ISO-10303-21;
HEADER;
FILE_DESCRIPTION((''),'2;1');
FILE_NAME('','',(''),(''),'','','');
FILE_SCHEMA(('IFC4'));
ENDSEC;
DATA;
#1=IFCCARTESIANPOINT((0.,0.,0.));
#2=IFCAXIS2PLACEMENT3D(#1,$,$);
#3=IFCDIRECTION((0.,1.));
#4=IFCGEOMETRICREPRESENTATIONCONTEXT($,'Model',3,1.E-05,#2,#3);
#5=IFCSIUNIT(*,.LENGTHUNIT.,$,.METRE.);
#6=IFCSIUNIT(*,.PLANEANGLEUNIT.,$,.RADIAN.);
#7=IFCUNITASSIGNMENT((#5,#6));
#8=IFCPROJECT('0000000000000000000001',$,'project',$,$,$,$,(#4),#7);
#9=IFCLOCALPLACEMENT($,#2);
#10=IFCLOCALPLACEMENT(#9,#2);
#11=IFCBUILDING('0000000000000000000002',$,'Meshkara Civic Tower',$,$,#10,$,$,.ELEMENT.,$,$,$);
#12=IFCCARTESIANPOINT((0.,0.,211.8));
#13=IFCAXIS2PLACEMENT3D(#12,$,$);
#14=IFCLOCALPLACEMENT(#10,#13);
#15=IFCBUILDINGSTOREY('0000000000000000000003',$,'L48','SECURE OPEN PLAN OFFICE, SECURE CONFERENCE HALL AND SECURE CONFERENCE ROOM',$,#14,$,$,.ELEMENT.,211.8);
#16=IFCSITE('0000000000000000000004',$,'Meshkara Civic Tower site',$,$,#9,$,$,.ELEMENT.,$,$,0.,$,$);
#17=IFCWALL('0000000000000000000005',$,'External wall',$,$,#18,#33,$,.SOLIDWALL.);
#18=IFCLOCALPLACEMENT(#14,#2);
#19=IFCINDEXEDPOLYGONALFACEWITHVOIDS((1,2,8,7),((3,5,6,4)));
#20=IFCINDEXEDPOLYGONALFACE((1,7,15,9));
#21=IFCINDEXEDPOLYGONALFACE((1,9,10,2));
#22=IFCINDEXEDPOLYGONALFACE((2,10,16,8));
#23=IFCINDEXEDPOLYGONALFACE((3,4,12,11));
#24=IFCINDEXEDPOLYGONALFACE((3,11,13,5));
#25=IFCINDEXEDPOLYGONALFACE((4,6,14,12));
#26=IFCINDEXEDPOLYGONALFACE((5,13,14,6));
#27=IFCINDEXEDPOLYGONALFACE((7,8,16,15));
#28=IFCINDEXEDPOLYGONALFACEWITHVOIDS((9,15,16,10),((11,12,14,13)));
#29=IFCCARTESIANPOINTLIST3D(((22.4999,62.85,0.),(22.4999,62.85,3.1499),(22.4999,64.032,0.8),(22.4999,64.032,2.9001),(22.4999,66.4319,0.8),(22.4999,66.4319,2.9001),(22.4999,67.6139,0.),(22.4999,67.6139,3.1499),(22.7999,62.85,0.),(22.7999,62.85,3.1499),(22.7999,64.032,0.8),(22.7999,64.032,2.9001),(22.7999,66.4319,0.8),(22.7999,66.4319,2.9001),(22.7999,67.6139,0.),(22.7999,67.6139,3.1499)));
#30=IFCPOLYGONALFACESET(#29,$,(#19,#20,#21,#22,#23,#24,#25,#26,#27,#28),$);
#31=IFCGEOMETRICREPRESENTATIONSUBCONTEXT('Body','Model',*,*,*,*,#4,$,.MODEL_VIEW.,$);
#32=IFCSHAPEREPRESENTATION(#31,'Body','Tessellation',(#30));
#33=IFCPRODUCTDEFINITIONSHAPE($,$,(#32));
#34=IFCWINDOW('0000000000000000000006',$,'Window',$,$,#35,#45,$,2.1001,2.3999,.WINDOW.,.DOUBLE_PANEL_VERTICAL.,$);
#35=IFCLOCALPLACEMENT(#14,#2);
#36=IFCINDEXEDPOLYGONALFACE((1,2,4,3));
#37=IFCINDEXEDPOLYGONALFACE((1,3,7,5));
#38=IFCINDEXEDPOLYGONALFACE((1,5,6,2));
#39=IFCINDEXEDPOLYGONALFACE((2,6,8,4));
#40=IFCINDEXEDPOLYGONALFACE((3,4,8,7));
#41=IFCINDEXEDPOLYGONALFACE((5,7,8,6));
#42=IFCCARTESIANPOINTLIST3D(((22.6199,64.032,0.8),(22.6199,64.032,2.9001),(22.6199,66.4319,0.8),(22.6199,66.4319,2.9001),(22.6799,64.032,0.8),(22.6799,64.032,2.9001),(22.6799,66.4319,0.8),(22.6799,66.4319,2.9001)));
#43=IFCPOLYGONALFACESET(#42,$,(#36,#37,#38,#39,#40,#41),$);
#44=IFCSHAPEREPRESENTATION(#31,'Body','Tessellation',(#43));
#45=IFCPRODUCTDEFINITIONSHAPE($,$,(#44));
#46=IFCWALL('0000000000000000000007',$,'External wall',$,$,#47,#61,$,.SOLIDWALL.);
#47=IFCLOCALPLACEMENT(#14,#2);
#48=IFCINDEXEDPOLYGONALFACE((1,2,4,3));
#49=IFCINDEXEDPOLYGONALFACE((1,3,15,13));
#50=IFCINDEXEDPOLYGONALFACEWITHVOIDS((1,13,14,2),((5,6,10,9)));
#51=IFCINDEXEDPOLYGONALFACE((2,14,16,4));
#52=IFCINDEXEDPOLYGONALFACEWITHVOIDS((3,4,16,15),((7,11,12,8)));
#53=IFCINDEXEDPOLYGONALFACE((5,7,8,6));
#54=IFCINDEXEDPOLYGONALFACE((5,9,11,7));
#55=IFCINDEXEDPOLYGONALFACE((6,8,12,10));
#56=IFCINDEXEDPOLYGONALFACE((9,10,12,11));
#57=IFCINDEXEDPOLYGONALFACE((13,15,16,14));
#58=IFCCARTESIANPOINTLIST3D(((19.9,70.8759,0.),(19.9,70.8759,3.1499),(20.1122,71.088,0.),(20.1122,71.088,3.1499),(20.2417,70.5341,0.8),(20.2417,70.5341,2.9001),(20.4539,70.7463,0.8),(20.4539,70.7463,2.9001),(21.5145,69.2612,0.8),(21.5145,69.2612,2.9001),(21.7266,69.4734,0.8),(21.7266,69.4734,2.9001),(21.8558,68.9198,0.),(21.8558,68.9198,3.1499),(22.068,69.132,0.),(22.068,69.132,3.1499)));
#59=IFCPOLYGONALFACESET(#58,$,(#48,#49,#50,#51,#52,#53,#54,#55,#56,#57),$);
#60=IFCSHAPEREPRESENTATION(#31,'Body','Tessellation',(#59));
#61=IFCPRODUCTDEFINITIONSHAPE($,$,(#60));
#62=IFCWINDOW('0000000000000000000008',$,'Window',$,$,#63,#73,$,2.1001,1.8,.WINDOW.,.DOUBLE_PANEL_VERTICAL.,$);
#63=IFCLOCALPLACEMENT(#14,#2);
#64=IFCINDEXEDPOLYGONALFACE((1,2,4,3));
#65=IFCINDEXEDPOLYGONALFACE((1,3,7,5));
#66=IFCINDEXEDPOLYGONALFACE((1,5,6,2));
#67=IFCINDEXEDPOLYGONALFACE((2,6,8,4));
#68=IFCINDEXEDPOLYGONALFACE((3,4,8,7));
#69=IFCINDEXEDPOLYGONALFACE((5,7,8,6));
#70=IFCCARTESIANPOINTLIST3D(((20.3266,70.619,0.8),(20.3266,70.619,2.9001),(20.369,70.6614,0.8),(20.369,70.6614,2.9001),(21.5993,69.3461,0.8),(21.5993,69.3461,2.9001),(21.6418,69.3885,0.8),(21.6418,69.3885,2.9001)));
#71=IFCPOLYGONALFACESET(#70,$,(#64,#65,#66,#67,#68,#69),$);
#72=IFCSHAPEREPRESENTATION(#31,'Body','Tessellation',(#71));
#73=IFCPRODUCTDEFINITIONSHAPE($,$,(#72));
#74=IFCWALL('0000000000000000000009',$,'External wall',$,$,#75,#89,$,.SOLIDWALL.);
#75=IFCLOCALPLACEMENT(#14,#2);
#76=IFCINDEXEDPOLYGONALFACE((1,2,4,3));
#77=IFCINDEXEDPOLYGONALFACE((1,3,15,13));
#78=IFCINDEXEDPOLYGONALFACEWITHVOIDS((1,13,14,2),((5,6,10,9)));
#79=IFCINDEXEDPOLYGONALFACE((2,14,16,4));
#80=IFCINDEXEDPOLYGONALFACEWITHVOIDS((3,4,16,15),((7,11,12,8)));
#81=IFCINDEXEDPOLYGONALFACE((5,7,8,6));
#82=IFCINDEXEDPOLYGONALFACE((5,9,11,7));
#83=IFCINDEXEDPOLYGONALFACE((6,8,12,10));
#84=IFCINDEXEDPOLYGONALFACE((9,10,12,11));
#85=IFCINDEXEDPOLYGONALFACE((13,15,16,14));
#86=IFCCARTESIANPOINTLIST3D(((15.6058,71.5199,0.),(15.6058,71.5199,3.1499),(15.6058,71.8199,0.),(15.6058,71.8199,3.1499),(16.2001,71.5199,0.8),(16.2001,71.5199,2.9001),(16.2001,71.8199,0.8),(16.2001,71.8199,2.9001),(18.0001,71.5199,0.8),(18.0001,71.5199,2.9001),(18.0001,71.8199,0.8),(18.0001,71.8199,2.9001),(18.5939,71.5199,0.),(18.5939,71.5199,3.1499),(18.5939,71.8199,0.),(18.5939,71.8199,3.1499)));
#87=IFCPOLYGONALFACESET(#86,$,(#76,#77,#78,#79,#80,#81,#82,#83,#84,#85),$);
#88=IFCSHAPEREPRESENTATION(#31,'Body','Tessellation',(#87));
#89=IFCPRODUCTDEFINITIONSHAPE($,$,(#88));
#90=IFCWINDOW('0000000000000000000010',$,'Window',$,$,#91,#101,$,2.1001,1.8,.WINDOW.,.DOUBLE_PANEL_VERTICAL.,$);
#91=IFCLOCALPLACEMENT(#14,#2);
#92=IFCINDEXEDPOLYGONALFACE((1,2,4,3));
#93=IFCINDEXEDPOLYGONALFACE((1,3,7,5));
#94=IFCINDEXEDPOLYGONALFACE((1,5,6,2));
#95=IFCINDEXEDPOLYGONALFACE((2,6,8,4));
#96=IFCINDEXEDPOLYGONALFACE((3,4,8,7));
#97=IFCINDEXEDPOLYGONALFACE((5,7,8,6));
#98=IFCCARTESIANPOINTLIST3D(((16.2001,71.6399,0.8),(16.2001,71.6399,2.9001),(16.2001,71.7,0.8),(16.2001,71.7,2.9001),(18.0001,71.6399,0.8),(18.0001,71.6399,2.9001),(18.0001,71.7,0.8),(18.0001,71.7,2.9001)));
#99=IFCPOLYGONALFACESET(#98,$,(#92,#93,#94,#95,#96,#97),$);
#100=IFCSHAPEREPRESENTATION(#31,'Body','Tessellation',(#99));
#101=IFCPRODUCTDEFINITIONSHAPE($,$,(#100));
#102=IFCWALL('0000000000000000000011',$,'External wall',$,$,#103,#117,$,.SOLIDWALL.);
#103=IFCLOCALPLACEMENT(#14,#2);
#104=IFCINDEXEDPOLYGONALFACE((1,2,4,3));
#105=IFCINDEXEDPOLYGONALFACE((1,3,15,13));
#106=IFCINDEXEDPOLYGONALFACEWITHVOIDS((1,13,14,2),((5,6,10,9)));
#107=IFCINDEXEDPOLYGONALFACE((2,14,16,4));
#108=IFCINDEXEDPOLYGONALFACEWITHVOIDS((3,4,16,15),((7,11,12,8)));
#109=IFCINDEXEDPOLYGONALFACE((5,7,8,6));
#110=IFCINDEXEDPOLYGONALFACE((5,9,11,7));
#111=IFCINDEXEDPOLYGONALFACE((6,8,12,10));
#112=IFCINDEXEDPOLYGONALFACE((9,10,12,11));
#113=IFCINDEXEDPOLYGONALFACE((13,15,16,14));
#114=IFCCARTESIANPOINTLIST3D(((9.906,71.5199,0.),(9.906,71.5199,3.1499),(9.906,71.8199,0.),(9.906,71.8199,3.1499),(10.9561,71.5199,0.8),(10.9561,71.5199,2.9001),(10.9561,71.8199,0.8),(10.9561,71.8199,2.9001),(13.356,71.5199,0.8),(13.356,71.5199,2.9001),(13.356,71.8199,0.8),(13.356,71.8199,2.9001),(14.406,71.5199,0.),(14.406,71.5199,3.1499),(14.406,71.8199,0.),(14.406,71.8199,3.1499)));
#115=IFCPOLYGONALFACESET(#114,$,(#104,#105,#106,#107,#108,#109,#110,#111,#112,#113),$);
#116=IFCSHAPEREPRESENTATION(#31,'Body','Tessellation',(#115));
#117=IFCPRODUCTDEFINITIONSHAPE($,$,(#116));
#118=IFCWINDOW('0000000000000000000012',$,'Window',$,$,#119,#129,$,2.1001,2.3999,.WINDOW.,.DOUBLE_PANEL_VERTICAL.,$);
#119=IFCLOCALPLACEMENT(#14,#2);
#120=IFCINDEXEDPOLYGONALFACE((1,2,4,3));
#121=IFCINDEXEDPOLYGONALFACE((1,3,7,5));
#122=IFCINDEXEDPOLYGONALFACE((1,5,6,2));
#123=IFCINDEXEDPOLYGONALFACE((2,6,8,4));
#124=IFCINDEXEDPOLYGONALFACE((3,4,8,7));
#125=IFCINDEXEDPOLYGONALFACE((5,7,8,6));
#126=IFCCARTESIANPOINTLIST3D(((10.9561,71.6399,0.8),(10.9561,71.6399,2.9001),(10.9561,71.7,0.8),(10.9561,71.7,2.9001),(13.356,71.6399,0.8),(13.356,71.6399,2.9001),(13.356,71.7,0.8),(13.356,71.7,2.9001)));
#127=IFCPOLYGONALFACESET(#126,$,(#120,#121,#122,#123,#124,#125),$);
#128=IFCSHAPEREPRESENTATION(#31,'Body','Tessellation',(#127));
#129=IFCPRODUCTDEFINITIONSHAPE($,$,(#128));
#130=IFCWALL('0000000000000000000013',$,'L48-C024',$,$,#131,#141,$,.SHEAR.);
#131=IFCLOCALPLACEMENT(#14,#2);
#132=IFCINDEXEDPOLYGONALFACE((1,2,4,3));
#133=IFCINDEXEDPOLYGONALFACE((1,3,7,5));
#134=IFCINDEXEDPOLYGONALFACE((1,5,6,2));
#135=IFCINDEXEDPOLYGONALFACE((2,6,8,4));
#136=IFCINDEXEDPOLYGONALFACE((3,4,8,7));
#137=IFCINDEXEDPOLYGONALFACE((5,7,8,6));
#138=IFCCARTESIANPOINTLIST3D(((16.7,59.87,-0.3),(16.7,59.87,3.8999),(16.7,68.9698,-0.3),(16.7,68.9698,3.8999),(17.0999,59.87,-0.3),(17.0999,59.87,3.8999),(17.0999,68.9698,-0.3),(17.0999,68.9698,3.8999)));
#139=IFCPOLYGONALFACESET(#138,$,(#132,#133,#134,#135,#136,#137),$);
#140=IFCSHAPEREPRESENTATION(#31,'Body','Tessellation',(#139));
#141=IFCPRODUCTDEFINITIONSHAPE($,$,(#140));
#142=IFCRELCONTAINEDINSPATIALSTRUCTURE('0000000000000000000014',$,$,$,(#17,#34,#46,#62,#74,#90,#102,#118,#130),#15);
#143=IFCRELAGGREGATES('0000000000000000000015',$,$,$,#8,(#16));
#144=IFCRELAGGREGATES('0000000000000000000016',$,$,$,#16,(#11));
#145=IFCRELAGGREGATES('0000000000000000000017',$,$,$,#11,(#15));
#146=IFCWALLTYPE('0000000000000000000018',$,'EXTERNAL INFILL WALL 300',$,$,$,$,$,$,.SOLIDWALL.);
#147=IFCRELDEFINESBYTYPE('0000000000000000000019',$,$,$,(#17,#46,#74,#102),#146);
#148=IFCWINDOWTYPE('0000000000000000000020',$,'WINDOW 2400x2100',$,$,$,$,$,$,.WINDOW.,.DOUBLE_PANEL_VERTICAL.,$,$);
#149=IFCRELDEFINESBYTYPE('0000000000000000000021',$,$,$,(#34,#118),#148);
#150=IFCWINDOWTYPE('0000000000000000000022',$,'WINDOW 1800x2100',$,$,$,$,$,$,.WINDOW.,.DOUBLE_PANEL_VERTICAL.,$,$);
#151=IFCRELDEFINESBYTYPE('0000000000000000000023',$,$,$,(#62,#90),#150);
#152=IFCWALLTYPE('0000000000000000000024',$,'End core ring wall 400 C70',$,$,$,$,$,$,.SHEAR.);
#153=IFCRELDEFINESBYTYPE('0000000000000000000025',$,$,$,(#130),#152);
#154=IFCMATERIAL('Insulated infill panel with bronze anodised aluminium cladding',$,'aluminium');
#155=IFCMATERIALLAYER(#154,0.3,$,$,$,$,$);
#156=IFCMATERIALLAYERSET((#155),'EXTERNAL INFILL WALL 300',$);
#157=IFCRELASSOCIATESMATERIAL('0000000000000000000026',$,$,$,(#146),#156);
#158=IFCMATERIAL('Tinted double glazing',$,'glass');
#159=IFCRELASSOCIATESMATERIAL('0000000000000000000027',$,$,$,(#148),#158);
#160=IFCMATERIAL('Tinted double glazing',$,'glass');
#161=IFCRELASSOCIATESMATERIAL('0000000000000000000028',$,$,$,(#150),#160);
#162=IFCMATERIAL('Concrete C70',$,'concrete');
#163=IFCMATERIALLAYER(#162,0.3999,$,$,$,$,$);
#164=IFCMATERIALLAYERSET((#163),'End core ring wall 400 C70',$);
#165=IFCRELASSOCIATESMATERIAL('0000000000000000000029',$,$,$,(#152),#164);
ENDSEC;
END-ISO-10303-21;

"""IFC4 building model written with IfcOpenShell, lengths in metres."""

from ifc_helpers import new_model, si_unit, direction, frame, frame_2d, origin, place, context, subcontext, project, spatial, rectangle, extrude, material, layer, layer_set, type_object, element, fill, save


model = new_model("IFC4")

# Units and contexts
model_context = context("Model", 3, precision=1e-05, world=origin(), true_north=direction((0.0, 1.0)))
body_context = subcontext(model_context, "Body", "Model", "MODEL_VIEW")
ifc_project = project(units=[si_unit("LENGTHUNIT", "METRE"), si_unit("PLANEANGLEUNIT", "RADIAN")], contexts=[model_context])

# Site, building, storey
site_placement = place(None, origin())
site = spatial("IfcSite", under=ifc_project, at=site_placement, Name="Meshkara Civic Tower site", CompositionType="ELEMENT", RefElevation=0.0)
building_placement = place(site_placement, origin())
building = spatial("IfcBuilding", under=site, at=building_placement, Name="Meshkara Civic Tower", CompositionType="ELEMENT")
storey_placement = place(building_placement, frame((0.0, 0.0, 211.8)))
storey = spatial("IfcBuildingStorey", under=building, at=storey_placement, Name="L48", Description="SECURE OPEN PLAN OFFICE, SECURE CONFERENCE HALL AND SECURE CONFERENCE ROOM", CompositionType="ELEMENT", Elevation=211.8)

# Walls, openings, windows
ifc_material_1 = material(Name="Insulated infill panel with bronze anodised aluminium cladding", Category="aluminium")
ifc_layer_1 = layer(ifc_material_1, 0.3)
ifc_layer_set_1 = layer_set([ifc_layer_1], Name="EXTERNAL INFILL WALL 300")
wall_type_1 = type_object("IfcWallType", Name="EXTERNAL INFILL WALL 300", PredefinedType="SOLIDWALL", material=ifc_layer_set_1)
wall_1_placement = place(storey_placement, frame((22.6499, 62.8501, 0.0), z_axis=(0.0, 0.0, 1.0), x_axis=(0.0, 1.0, 0.0)))
wall_1 = element("IfcWall", 1, at=wall_1_placement, inside=storey, type_object=wall_type_1, Name="External wall", PredefinedType="SOLIDWALL", context=body_context, shape_type="SweptSolid", body=[
    extrude(rectangle(XDim=4.7639, YDim=0.3, at=frame_2d((2.3818, 0.0))), origin(), (0.0, 0.0, 1.0), 3.1499),
])
opening_1_placement = place(wall_1_placement, frame((1.1819, 0.0, 0.8)))
opening_1 = element("IfcOpeningElement", 2, at=opening_1_placement, cuts=wall_1, PredefinedType="OPENING", context=body_context, shape_type="SweptSolid", body=[
    extrude(rectangle(XDim=2.3999, YDim=2.1001, at=frame_2d((1.2, 1.05))), frame((0.0, 0.1599, 0.0), z_axis=(0.0, -1.0, 0.0), x_axis=(1.0, 0.0, 0.0)), (0.0, 0.0, 1.0), 0.3201),
])
ifc_material_2 = material(Name="Tinted double glazing", Category="glass")
window_type_1 = type_object("IfcWindowType", Name="WINDOW 2400x2100", PartitioningType="DOUBLE_PANEL_VERTICAL", PredefinedType="WINDOW", material=ifc_material_2)
window_1_placement = place(opening_1_placement, origin())
window_1 = element("IfcWindow", 3, at=window_1_placement, inside=storey, type_object=window_type_1, Name="Window", OverallHeight=2.1001, OverallWidth=2.3999, PartitioningType="DOUBLE_PANEL_VERTICAL", PredefinedType="WINDOW", context=body_context, shape_type="SweptSolid", body=[
    extrude(rectangle(XDim=2.3999, YDim=2.1001, at=frame_2d((1.2, 1.05))), frame((0.0, 0.03, 0.0), z_axis=(0.0, -1.0, 0.0), x_axis=(1.0, 0.0, 0.0)), (0.0, 0.0, 1.0), 0.0601),
])
fill(opening_1, window_1)
wall_2_placement = place(storey_placement, frame((21.9619, 69.0259, 0.0), z_axis=(0.0, 0.0, 1.0), x_axis=(-0.707063, 0.707151, 0.0)))
wall_2 = element("IfcWall", 4, at=wall_2_placement, inside=storey, type_object=wall_type_1, Name="External wall", PredefinedType="SOLIDWALL", context=body_context, shape_type="SweptSolid", body=[
    extrude(rectangle(XDim=2.7661, YDim=0.3, at=frame_2d((1.3831, 0.0))), origin(), (0.0, 0.0, 1.0), 3.1499),
])
opening_2_placement = place(wall_2_placement, frame((0.4829, 0.0, 0.8)))
opening_2 = element("IfcOpeningElement", 5, at=opening_2_placement, cuts=wall_2, PredefinedType="OPENING", context=body_context, shape_type="SweptSolid", body=[
    extrude(rectangle(XDim=1.8, YDim=2.1001, at=frame_2d((0.8999, 1.05))), frame((0.0, 0.1599, 0.0), z_axis=(0.0, -1.0, 0.0), x_axis=(1.0, 0.0, 0.0)), (0.0, 0.0, 1.0), 0.3201),
])
ifc_material_3 = material(Name="Tinted double glazing", Category="glass")
window_type_2 = type_object("IfcWindowType", Name="WINDOW 1800x2100", PartitioningType="DOUBLE_PANEL_VERTICAL", PredefinedType="WINDOW", material=ifc_material_3)
window_2_placement = place(opening_2_placement, origin())
window_2 = element("IfcWindow", 6, at=window_2_placement, inside=storey, type_object=window_type_2, Name="Window", OverallHeight=2.1001, OverallWidth=1.8, PartitioningType="DOUBLE_PANEL_VERTICAL", PredefinedType="WINDOW", context=body_context, shape_type="SweptSolid", body=[
    extrude(rectangle(XDim=1.8, YDim=2.1001, at=frame_2d((0.8999, 1.05))), frame((0.0, 0.03, 0.0), z_axis=(0.0, -1.0, 0.0), x_axis=(1.0, 0.0, 0.0)), (0.0, 0.0, 1.0), 0.0601),
])
fill(opening_2, window_2)
wall_3_placement = place(storey_placement, frame((18.594, 71.6699, 0.0), z_axis=(0.0, 0.0, 1.0), x_axis=(-1.0, 0.0, 0.0)))
wall_3 = element("IfcWall", 7, at=wall_3_placement, inside=storey, type_object=wall_type_1, Name="External wall", PredefinedType="SOLIDWALL", context=body_context, shape_type="SweptSolid", body=[
    extrude(rectangle(XDim=2.988, YDim=0.3, at=frame_2d((1.4941, 0.0))), origin(), (0.0, 0.0, 1.0), 3.1499),
])
opening_3_placement = place(wall_3_placement, frame((0.594, 0.0, 0.8)))
opening_3 = element("IfcOpeningElement", 8, at=opening_3_placement, cuts=wall_3, PredefinedType="OPENING", context=body_context, shape_type="SweptSolid", body=[
    extrude(rectangle(XDim=1.8, YDim=2.1001, at=frame_2d((0.8999, 1.05))), frame((0.0, 0.1599, 0.0), z_axis=(0.0, -1.0, 0.0), x_axis=(1.0, 0.0, 0.0)), (0.0, 0.0, 1.0), 0.3201),
])
window_3_placement = place(opening_3_placement, origin())
window_3 = element("IfcWindow", 9, at=window_3_placement, inside=storey, type_object=window_type_2, Name="Window", OverallHeight=2.1001, OverallWidth=1.8, PartitioningType="DOUBLE_PANEL_VERTICAL", PredefinedType="WINDOW", context=body_context, shape_type="SweptSolid", body=[
    extrude(rectangle(XDim=1.8, YDim=2.1001, at=frame_2d((0.8999, 1.05))), frame((0.0, 0.03, 0.0), z_axis=(0.0, -1.0, 0.0), x_axis=(1.0, 0.0, 0.0)), (0.0, 0.0, 1.0), 0.0601),
])
fill(opening_3, window_3)
wall_4_placement = place(storey_placement, frame((14.406, 71.6699, 0.0), z_axis=(0.0, 0.0, 1.0), x_axis=(-1.0, 0.0, 0.0)))
wall_4 = element("IfcWall", 10, at=wall_4_placement, inside=storey, type_object=wall_type_1, Name="External wall", PredefinedType="SOLIDWALL", context=body_context, shape_type="SweptSolid", body=[
    extrude(rectangle(XDim=4.5, YDim=0.3, at=frame_2d((2.25, 0.0))), origin(), (0.0, 0.0, 1.0), 3.1499),
])
opening_4_placement = place(wall_4_placement, frame((1.05, 0.0, 0.8)))
opening_4 = element("IfcOpeningElement", 11, at=opening_4_placement, cuts=wall_4, PredefinedType="OPENING", context=body_context, shape_type="SweptSolid", body=[
    extrude(rectangle(XDim=2.3999, YDim=2.1001, at=frame_2d((1.2, 1.05))), frame((0.0, 0.1599, 0.0), z_axis=(0.0, -1.0, 0.0), x_axis=(1.0, 0.0, 0.0)), (0.0, 0.0, 1.0), 0.3201),
])
window_4_placement = place(opening_4_placement, origin())
window_4 = element("IfcWindow", 12, at=window_4_placement, inside=storey, type_object=window_type_1, Name="Window", OverallHeight=2.1001, OverallWidth=2.3999, PartitioningType="DOUBLE_PANEL_VERTICAL", PredefinedType="WINDOW", context=body_context, shape_type="SweptSolid", body=[
    extrude(rectangle(XDim=2.3999, YDim=2.1001, at=frame_2d((1.2, 1.05))), frame((0.0, 0.03, 0.0), z_axis=(0.0, -1.0, 0.0), x_axis=(1.0, 0.0, 0.0)), (0.0, 0.0, 1.0), 0.0601),
])
fill(opening_4, window_4)

# Wall
ifc_material_4 = material(Name="Concrete C70", Category="concrete")
ifc_layer_2 = layer(ifc_material_4, 0.3999)
ifc_layer_set_2 = layer_set([ifc_layer_2], Name="End core ring wall 400 C70")
wall_type_2 = type_object("IfcWallType", Name="End core ring wall 400 C70", PredefinedType="SHEAR", material=ifc_layer_set_2)
wall_5_placement = place(storey_placement, frame((16.8999, 59.8701, -0.3), z_axis=(0.0, 0.0, 1.0), x_axis=(0.0, 1.0, 0.0)))
element("IfcWall", 13, at=wall_5_placement, inside=storey, type_object=wall_type_2, Name="L48-C024", PredefinedType="SHEAR", context=body_context, shape_type="SweptSolid", body=[
    extrude(rectangle(XDim=9.0999, YDim=0.3999, at=frame_2d((4.5498, 0.0))), origin(), (0.0, 0.0, 1.0), 4.2),
])

save(model, "model.ifc")
